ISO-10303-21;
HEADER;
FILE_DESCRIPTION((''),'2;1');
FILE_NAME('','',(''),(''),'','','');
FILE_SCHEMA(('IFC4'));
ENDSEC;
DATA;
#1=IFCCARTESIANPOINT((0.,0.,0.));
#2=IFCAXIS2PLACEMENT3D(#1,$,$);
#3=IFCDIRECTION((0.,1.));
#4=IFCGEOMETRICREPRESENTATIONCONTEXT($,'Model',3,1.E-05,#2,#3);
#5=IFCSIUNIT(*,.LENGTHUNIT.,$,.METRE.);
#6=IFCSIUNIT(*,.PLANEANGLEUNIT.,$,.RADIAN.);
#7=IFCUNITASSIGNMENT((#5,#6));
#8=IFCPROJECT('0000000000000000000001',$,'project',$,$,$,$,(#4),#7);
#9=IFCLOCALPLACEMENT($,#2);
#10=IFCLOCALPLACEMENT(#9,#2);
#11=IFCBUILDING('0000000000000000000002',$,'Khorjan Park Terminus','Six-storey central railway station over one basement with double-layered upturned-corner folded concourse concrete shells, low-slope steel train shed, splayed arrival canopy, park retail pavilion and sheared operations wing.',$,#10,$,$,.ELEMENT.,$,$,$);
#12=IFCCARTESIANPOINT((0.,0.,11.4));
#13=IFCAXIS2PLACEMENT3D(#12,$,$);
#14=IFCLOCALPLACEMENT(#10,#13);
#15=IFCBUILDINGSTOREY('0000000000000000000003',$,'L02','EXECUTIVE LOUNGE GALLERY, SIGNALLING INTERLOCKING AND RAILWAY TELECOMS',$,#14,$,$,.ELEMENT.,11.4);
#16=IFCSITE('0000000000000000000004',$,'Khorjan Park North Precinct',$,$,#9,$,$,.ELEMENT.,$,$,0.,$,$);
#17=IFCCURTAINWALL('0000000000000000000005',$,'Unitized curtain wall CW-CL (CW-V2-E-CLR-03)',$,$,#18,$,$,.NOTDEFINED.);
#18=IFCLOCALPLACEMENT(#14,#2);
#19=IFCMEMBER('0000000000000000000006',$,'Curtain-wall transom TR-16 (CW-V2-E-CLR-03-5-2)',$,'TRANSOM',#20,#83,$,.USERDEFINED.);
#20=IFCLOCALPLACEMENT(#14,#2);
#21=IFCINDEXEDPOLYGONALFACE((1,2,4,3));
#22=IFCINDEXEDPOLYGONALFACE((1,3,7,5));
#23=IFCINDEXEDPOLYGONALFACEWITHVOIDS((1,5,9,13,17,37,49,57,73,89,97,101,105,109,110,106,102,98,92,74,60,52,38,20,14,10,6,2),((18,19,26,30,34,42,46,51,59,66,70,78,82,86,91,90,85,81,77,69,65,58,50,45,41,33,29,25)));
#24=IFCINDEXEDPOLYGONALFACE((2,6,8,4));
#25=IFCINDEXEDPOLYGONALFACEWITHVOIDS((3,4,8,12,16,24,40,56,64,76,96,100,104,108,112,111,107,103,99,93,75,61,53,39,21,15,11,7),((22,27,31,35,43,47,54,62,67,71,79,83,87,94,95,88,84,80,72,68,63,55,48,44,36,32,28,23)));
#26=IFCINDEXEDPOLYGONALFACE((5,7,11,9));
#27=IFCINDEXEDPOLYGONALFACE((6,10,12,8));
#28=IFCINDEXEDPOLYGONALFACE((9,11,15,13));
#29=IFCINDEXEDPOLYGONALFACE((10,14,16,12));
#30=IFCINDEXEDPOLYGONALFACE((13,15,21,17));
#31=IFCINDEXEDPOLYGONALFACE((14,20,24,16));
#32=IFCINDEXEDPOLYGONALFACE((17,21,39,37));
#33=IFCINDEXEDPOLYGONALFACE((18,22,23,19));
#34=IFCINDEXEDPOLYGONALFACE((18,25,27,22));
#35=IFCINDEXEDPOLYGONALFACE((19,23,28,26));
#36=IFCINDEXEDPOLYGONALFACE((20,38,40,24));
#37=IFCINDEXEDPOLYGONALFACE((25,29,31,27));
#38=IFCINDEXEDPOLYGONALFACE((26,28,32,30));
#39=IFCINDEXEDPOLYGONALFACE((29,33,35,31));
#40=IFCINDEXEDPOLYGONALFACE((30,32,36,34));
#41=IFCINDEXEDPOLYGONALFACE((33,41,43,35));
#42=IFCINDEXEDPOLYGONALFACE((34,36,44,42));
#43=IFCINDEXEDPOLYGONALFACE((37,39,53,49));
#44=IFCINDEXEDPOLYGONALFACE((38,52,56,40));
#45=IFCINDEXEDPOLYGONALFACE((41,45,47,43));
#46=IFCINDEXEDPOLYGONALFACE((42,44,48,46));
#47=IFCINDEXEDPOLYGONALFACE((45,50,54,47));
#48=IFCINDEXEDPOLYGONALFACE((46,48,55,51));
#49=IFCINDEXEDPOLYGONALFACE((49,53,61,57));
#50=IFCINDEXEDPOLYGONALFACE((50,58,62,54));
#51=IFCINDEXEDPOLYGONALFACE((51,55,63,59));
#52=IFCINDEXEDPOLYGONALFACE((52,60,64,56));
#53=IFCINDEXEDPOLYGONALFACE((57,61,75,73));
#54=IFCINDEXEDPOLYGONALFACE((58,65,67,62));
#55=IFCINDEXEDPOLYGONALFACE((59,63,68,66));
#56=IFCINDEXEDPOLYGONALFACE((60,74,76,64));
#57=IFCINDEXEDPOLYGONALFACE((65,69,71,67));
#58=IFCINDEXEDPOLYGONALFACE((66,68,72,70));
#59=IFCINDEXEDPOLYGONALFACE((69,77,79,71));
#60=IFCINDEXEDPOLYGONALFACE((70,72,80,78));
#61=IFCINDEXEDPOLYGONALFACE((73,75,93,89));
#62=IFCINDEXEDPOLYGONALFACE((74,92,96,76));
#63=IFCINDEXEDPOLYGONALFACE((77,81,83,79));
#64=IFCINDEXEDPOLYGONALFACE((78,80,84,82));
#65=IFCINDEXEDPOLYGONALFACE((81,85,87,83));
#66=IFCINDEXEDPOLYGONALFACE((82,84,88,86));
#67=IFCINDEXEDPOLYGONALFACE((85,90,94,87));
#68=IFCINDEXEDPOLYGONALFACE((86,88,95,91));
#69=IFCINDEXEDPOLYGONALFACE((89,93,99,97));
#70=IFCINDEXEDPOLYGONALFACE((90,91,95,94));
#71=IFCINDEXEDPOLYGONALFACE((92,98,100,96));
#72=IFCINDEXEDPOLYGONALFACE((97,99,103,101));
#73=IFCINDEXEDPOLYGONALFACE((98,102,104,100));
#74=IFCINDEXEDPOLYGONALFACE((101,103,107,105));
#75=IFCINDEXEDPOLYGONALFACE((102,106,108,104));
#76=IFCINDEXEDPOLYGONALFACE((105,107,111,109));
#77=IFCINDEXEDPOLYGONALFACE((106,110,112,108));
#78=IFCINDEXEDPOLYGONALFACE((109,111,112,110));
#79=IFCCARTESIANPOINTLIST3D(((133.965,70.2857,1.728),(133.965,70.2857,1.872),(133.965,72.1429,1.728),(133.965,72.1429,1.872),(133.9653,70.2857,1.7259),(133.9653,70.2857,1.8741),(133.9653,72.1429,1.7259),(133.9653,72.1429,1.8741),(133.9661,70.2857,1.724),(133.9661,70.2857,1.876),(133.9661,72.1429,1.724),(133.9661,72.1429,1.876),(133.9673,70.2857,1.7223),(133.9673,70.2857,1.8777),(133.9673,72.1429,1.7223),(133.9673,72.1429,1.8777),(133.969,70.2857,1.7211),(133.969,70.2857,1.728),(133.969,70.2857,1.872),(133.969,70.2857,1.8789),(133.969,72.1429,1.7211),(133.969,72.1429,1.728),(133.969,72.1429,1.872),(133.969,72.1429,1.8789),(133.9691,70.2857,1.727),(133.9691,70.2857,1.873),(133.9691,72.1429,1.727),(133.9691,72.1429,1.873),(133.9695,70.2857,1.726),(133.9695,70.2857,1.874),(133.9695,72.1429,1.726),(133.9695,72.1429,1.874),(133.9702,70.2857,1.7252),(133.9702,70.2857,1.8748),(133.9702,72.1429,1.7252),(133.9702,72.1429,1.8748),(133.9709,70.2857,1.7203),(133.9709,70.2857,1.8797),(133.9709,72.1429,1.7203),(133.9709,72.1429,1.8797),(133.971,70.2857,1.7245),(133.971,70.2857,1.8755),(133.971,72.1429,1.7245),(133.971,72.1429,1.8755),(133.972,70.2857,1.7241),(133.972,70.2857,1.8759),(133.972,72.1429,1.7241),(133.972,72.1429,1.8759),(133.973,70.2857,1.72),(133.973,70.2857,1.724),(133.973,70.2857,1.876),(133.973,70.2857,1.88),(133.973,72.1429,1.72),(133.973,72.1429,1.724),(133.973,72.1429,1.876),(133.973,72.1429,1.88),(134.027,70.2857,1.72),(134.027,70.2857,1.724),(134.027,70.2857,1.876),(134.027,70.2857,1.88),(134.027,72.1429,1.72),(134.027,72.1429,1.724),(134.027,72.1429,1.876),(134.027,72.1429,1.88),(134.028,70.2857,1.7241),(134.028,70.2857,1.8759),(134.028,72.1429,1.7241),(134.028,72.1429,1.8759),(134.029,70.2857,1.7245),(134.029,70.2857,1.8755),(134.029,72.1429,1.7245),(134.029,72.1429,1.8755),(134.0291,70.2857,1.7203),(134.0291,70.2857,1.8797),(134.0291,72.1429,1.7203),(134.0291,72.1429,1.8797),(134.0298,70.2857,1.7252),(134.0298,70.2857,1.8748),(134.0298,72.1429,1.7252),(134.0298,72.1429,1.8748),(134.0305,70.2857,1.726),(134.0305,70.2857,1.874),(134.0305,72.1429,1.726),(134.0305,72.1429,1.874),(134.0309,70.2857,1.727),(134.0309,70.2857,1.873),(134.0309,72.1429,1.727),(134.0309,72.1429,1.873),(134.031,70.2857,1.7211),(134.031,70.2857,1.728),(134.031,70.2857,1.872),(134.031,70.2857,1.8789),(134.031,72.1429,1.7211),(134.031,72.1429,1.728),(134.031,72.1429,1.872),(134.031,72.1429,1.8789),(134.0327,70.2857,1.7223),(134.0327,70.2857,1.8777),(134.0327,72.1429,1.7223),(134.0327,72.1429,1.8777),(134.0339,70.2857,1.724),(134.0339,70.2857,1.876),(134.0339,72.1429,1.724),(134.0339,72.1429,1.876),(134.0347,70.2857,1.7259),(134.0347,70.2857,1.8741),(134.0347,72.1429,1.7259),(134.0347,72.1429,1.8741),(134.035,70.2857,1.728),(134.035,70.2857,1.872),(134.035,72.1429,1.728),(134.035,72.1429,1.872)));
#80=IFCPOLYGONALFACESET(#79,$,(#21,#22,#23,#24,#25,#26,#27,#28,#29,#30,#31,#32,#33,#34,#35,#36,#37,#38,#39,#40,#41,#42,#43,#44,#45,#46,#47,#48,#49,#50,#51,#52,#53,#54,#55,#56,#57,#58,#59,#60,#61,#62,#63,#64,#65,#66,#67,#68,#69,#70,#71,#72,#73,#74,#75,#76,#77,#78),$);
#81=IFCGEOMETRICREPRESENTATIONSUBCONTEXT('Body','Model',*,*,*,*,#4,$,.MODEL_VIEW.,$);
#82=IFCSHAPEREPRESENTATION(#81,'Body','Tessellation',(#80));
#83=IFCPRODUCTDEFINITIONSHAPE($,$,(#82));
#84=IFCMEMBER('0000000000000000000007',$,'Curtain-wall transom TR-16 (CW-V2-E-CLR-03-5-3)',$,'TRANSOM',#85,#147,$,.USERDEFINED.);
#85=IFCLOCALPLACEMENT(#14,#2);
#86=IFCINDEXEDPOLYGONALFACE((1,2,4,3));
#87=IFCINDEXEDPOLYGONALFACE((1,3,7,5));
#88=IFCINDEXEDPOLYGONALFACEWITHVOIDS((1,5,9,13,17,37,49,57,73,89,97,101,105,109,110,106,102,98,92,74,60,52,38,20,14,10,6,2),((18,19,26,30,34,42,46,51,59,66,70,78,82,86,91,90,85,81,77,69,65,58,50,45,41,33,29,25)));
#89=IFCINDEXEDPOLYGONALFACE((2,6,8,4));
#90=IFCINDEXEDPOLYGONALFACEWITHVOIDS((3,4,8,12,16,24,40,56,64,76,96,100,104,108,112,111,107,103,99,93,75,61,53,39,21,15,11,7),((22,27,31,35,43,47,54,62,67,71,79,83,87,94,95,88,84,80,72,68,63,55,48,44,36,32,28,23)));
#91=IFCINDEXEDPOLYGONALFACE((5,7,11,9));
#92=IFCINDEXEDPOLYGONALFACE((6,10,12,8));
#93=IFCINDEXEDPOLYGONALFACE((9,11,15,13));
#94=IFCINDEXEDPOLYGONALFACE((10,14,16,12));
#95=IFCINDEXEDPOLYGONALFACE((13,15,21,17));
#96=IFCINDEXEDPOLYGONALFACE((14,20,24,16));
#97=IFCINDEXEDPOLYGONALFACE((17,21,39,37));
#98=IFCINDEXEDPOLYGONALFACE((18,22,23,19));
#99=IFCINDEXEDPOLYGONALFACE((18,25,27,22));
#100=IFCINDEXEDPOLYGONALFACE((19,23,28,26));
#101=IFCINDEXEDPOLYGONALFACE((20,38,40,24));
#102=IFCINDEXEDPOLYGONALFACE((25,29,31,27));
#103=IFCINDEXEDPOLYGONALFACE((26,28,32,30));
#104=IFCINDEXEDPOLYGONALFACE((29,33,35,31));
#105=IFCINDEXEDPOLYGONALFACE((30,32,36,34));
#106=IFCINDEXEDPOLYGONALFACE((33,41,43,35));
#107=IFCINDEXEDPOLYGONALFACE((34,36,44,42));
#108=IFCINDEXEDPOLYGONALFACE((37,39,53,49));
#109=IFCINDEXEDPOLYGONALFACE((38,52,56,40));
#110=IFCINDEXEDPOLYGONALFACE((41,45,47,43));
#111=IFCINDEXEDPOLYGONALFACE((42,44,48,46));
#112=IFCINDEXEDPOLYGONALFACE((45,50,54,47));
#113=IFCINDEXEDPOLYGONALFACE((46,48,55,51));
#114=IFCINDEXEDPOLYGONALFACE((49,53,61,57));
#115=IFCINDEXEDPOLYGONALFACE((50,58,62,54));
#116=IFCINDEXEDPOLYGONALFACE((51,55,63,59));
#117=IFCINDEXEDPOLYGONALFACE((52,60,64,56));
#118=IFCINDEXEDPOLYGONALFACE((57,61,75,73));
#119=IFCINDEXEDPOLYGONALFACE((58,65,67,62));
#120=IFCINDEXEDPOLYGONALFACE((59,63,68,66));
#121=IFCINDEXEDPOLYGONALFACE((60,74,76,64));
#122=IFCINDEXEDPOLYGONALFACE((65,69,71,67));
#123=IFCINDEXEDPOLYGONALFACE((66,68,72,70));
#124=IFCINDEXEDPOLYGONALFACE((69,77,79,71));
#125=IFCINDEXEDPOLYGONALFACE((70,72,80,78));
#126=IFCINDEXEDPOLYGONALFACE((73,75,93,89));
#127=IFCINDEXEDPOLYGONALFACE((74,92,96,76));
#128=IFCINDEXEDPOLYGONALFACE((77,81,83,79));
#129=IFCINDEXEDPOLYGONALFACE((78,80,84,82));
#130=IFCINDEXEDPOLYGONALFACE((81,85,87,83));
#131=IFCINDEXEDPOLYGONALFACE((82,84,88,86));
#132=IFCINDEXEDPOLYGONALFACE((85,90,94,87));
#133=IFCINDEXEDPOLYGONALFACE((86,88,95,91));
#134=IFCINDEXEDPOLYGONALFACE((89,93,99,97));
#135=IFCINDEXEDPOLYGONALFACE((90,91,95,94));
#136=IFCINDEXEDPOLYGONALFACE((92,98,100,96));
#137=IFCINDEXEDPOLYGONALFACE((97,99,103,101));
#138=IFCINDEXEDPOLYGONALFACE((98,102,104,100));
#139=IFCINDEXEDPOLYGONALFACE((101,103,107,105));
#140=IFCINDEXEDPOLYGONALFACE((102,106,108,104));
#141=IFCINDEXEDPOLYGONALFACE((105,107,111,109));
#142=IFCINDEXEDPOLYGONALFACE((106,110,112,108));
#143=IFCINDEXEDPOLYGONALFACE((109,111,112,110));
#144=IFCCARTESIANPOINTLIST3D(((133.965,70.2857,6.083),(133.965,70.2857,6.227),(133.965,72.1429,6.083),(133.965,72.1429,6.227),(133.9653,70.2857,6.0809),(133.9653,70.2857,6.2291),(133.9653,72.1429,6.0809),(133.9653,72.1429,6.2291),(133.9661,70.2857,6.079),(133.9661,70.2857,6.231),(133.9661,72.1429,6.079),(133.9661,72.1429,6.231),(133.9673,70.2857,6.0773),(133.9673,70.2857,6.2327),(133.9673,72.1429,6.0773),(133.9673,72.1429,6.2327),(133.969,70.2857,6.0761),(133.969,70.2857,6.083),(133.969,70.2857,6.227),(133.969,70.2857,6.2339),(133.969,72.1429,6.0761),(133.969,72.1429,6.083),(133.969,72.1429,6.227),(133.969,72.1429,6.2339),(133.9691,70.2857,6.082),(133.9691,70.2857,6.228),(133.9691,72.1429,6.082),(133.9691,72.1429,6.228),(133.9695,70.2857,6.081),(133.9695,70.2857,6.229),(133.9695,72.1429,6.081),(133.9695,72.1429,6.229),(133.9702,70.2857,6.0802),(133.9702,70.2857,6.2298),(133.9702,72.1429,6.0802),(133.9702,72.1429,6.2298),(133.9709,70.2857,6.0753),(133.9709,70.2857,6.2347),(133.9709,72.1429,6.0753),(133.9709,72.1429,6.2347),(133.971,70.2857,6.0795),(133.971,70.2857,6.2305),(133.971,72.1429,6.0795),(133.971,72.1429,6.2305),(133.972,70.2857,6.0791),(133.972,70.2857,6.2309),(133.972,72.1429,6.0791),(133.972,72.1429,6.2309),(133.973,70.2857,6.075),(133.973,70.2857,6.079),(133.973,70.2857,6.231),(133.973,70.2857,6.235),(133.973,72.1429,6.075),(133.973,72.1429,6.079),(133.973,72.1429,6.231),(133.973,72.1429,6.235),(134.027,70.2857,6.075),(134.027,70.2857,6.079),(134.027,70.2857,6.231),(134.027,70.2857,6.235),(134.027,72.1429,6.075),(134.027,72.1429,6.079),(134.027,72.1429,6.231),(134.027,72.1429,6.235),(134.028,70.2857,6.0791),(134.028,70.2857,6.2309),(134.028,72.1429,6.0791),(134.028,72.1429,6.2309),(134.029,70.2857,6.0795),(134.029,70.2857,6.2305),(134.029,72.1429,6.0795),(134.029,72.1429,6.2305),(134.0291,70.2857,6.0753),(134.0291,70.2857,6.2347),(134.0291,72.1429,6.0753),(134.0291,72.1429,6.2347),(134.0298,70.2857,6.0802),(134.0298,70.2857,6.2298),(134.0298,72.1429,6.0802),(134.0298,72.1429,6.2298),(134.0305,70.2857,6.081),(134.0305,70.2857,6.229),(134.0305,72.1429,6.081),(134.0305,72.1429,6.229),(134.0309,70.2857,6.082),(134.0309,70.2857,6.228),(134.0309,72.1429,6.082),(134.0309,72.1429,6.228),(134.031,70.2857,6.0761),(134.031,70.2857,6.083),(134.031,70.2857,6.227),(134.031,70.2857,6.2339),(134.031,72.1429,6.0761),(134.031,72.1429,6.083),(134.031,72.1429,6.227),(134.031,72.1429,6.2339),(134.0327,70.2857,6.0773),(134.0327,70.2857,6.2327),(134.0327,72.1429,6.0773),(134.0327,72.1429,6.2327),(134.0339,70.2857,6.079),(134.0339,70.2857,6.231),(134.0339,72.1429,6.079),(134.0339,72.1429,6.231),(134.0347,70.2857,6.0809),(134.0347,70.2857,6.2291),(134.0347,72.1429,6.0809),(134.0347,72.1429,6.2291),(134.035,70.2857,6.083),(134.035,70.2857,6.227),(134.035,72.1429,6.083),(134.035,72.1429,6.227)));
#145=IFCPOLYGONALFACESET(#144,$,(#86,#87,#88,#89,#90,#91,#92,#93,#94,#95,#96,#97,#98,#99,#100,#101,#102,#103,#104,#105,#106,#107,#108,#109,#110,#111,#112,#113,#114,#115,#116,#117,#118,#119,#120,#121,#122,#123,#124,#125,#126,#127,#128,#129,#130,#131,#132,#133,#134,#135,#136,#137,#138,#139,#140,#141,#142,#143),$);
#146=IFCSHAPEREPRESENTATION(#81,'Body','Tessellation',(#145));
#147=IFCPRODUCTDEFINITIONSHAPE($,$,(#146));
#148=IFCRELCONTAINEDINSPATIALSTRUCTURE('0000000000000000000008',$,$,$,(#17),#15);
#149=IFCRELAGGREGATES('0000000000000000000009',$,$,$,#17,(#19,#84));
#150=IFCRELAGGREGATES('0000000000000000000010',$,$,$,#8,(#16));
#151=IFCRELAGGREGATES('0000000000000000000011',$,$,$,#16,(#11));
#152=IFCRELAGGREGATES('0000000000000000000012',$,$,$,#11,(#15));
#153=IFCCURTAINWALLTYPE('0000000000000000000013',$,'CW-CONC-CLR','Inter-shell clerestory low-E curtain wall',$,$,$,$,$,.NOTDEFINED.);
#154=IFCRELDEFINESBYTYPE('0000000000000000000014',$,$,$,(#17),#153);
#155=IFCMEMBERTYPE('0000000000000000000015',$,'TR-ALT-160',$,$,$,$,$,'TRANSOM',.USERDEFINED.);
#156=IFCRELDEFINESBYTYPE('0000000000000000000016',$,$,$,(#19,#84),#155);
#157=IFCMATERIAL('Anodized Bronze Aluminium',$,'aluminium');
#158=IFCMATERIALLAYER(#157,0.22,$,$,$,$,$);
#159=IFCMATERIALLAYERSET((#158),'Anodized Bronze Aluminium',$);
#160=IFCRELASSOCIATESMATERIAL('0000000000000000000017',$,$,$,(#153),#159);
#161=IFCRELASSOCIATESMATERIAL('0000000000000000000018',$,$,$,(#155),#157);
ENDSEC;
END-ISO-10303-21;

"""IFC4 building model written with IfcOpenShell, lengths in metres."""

from ifc_helpers import new_model, si_unit, direction, frame, origin, origin_2d, place, context, subcontext, project, spatial, hollow_rectangle, extrude, material, layer, layer_set, material_profile, profile_set, type_object, element, aggregate, save


model = new_model("IFC4")

# Units and contexts
model_context = context("Model", 3, precision=1e-05, world=origin(), true_north=direction((0.0, 1.0)))
body_context = subcontext(model_context, "Body", "Model", "MODEL_VIEW")
ifc_project = project(units=[si_unit("LENGTHUNIT", "METRE"), si_unit("PLANEANGLEUNIT", "RADIAN")], contexts=[model_context])

# Site, building, storey
site_placement = place(None, origin())
site = spatial("IfcSite", under=ifc_project, at=site_placement, Name="Khorjan Park North Precinct", CompositionType="ELEMENT", RefElevation=0.0)
building_placement = place(site_placement, origin())
building = spatial("IfcBuilding", under=site, at=building_placement, Name="Khorjan Park Terminus", Description="Six-storey central railway station over one basement with double-layered upturned-corner folded concourse concrete shells, low-slope steel train shed, splayed arrival canopy, park retail pavilion and sheared operations wing.", CompositionType="ELEMENT")
storey_placement = place(building_placement, frame((0.0, 0.0, 11.4)))
storey = spatial("IfcBuildingStorey", under=building, at=storey_placement, Name="L02", Description="EXECUTIVE LOUNGE GALLERY, SIGNALLING INTERLOCKING AND RAILWAY TELECOMS", CompositionType="ELEMENT", Elevation=11.4)

# Curtain wall, members
ifc_material_1 = material(Name="Anodized Bronze Aluminium", Category="aluminium")
ifc_layer_1 = layer(ifc_material_1, 0.22)
ifc_layer_set_1 = layer_set([ifc_layer_1], Name="Anodized Bronze Aluminium")
curtain_wall_type = type_object("IfcCurtainWallType", Name="CW-CONC-CLR", Description="Inter-shell clerestory low-E curtain wall", PredefinedType="NOTDEFINED", material=ifc_layer_set_1)
curtain_wall_placement = place(storey_placement, origin())
curtain_wall = element("IfcCurtainWall", 1, at=curtain_wall_placement, inside=storey, type_object=curtain_wall_type, Name="Unitized curtain wall CW-CL (CW-V2-E-CLR-03)", PredefinedType="NOTDEFINED")
ifc_material_profile_1 = material_profile(ifc_material_1, hollow_rectangle(XDim=0.07, YDim=0.16, WallThickness=0.004, InnerFilletRadius=0.004, OuterFilletRadius=0.008, at=origin_2d()), Name="ALT 70x160x4")
ifc_profile_set_1 = profile_set([ifc_material_profile_1], Name="Anodized Bronze Aluminium")
member_type_1 = type_object("IfcMemberType", Name="TR-ALT-160", ElementType="TRANSOM", PredefinedType="USERDEFINED", material=ifc_profile_set_1)
member_1_placement = place(storey_placement, frame((134.0, 70.2857, 1.8), z_axis=(0.0, 1.0, 0.0), x_axis=(-1.0, 0.0, 0.0)))
member_1 = element("IfcMember", 2, at=member_1_placement, type_object=member_type_1, Name="Curtain-wall transom TR-16 (CW-V2-E-CLR-03-5-2)", ObjectType="TRANSOM", PredefinedType="USERDEFINED", context=body_context, shape_type="SweptSolid", body=[
    extrude(hollow_rectangle(XDim=0.07, YDim=0.16, WallThickness=0.004, InnerFilletRadius=0.004, OuterFilletRadius=0.008, at=origin_2d()), origin(), (0.0, 0.0, 1.0), 1.8572),
])
member_2_placement = place(storey_placement, frame((134.0, 70.2857, 6.155), z_axis=(0.0, 1.0, 0.0), x_axis=(-1.0, 0.0, 0.0)))
member_2 = element("IfcMember", 3, at=member_2_placement, type_object=member_type_1, Name="Curtain-wall transom TR-16 (CW-V2-E-CLR-03-5-3)", ObjectType="TRANSOM", PredefinedType="USERDEFINED", context=body_context, shape_type="SweptSolid", body=[
    extrude(hollow_rectangle(XDim=0.07, YDim=0.16, WallThickness=0.004, InnerFilletRadius=0.004, OuterFilletRadius=0.008, at=origin_2d()), origin(), (0.0, 0.0, 1.0), 1.8572),
])

aggregate(curtain_wall, [member_1, member_2])

save(model, "model.ifc")
